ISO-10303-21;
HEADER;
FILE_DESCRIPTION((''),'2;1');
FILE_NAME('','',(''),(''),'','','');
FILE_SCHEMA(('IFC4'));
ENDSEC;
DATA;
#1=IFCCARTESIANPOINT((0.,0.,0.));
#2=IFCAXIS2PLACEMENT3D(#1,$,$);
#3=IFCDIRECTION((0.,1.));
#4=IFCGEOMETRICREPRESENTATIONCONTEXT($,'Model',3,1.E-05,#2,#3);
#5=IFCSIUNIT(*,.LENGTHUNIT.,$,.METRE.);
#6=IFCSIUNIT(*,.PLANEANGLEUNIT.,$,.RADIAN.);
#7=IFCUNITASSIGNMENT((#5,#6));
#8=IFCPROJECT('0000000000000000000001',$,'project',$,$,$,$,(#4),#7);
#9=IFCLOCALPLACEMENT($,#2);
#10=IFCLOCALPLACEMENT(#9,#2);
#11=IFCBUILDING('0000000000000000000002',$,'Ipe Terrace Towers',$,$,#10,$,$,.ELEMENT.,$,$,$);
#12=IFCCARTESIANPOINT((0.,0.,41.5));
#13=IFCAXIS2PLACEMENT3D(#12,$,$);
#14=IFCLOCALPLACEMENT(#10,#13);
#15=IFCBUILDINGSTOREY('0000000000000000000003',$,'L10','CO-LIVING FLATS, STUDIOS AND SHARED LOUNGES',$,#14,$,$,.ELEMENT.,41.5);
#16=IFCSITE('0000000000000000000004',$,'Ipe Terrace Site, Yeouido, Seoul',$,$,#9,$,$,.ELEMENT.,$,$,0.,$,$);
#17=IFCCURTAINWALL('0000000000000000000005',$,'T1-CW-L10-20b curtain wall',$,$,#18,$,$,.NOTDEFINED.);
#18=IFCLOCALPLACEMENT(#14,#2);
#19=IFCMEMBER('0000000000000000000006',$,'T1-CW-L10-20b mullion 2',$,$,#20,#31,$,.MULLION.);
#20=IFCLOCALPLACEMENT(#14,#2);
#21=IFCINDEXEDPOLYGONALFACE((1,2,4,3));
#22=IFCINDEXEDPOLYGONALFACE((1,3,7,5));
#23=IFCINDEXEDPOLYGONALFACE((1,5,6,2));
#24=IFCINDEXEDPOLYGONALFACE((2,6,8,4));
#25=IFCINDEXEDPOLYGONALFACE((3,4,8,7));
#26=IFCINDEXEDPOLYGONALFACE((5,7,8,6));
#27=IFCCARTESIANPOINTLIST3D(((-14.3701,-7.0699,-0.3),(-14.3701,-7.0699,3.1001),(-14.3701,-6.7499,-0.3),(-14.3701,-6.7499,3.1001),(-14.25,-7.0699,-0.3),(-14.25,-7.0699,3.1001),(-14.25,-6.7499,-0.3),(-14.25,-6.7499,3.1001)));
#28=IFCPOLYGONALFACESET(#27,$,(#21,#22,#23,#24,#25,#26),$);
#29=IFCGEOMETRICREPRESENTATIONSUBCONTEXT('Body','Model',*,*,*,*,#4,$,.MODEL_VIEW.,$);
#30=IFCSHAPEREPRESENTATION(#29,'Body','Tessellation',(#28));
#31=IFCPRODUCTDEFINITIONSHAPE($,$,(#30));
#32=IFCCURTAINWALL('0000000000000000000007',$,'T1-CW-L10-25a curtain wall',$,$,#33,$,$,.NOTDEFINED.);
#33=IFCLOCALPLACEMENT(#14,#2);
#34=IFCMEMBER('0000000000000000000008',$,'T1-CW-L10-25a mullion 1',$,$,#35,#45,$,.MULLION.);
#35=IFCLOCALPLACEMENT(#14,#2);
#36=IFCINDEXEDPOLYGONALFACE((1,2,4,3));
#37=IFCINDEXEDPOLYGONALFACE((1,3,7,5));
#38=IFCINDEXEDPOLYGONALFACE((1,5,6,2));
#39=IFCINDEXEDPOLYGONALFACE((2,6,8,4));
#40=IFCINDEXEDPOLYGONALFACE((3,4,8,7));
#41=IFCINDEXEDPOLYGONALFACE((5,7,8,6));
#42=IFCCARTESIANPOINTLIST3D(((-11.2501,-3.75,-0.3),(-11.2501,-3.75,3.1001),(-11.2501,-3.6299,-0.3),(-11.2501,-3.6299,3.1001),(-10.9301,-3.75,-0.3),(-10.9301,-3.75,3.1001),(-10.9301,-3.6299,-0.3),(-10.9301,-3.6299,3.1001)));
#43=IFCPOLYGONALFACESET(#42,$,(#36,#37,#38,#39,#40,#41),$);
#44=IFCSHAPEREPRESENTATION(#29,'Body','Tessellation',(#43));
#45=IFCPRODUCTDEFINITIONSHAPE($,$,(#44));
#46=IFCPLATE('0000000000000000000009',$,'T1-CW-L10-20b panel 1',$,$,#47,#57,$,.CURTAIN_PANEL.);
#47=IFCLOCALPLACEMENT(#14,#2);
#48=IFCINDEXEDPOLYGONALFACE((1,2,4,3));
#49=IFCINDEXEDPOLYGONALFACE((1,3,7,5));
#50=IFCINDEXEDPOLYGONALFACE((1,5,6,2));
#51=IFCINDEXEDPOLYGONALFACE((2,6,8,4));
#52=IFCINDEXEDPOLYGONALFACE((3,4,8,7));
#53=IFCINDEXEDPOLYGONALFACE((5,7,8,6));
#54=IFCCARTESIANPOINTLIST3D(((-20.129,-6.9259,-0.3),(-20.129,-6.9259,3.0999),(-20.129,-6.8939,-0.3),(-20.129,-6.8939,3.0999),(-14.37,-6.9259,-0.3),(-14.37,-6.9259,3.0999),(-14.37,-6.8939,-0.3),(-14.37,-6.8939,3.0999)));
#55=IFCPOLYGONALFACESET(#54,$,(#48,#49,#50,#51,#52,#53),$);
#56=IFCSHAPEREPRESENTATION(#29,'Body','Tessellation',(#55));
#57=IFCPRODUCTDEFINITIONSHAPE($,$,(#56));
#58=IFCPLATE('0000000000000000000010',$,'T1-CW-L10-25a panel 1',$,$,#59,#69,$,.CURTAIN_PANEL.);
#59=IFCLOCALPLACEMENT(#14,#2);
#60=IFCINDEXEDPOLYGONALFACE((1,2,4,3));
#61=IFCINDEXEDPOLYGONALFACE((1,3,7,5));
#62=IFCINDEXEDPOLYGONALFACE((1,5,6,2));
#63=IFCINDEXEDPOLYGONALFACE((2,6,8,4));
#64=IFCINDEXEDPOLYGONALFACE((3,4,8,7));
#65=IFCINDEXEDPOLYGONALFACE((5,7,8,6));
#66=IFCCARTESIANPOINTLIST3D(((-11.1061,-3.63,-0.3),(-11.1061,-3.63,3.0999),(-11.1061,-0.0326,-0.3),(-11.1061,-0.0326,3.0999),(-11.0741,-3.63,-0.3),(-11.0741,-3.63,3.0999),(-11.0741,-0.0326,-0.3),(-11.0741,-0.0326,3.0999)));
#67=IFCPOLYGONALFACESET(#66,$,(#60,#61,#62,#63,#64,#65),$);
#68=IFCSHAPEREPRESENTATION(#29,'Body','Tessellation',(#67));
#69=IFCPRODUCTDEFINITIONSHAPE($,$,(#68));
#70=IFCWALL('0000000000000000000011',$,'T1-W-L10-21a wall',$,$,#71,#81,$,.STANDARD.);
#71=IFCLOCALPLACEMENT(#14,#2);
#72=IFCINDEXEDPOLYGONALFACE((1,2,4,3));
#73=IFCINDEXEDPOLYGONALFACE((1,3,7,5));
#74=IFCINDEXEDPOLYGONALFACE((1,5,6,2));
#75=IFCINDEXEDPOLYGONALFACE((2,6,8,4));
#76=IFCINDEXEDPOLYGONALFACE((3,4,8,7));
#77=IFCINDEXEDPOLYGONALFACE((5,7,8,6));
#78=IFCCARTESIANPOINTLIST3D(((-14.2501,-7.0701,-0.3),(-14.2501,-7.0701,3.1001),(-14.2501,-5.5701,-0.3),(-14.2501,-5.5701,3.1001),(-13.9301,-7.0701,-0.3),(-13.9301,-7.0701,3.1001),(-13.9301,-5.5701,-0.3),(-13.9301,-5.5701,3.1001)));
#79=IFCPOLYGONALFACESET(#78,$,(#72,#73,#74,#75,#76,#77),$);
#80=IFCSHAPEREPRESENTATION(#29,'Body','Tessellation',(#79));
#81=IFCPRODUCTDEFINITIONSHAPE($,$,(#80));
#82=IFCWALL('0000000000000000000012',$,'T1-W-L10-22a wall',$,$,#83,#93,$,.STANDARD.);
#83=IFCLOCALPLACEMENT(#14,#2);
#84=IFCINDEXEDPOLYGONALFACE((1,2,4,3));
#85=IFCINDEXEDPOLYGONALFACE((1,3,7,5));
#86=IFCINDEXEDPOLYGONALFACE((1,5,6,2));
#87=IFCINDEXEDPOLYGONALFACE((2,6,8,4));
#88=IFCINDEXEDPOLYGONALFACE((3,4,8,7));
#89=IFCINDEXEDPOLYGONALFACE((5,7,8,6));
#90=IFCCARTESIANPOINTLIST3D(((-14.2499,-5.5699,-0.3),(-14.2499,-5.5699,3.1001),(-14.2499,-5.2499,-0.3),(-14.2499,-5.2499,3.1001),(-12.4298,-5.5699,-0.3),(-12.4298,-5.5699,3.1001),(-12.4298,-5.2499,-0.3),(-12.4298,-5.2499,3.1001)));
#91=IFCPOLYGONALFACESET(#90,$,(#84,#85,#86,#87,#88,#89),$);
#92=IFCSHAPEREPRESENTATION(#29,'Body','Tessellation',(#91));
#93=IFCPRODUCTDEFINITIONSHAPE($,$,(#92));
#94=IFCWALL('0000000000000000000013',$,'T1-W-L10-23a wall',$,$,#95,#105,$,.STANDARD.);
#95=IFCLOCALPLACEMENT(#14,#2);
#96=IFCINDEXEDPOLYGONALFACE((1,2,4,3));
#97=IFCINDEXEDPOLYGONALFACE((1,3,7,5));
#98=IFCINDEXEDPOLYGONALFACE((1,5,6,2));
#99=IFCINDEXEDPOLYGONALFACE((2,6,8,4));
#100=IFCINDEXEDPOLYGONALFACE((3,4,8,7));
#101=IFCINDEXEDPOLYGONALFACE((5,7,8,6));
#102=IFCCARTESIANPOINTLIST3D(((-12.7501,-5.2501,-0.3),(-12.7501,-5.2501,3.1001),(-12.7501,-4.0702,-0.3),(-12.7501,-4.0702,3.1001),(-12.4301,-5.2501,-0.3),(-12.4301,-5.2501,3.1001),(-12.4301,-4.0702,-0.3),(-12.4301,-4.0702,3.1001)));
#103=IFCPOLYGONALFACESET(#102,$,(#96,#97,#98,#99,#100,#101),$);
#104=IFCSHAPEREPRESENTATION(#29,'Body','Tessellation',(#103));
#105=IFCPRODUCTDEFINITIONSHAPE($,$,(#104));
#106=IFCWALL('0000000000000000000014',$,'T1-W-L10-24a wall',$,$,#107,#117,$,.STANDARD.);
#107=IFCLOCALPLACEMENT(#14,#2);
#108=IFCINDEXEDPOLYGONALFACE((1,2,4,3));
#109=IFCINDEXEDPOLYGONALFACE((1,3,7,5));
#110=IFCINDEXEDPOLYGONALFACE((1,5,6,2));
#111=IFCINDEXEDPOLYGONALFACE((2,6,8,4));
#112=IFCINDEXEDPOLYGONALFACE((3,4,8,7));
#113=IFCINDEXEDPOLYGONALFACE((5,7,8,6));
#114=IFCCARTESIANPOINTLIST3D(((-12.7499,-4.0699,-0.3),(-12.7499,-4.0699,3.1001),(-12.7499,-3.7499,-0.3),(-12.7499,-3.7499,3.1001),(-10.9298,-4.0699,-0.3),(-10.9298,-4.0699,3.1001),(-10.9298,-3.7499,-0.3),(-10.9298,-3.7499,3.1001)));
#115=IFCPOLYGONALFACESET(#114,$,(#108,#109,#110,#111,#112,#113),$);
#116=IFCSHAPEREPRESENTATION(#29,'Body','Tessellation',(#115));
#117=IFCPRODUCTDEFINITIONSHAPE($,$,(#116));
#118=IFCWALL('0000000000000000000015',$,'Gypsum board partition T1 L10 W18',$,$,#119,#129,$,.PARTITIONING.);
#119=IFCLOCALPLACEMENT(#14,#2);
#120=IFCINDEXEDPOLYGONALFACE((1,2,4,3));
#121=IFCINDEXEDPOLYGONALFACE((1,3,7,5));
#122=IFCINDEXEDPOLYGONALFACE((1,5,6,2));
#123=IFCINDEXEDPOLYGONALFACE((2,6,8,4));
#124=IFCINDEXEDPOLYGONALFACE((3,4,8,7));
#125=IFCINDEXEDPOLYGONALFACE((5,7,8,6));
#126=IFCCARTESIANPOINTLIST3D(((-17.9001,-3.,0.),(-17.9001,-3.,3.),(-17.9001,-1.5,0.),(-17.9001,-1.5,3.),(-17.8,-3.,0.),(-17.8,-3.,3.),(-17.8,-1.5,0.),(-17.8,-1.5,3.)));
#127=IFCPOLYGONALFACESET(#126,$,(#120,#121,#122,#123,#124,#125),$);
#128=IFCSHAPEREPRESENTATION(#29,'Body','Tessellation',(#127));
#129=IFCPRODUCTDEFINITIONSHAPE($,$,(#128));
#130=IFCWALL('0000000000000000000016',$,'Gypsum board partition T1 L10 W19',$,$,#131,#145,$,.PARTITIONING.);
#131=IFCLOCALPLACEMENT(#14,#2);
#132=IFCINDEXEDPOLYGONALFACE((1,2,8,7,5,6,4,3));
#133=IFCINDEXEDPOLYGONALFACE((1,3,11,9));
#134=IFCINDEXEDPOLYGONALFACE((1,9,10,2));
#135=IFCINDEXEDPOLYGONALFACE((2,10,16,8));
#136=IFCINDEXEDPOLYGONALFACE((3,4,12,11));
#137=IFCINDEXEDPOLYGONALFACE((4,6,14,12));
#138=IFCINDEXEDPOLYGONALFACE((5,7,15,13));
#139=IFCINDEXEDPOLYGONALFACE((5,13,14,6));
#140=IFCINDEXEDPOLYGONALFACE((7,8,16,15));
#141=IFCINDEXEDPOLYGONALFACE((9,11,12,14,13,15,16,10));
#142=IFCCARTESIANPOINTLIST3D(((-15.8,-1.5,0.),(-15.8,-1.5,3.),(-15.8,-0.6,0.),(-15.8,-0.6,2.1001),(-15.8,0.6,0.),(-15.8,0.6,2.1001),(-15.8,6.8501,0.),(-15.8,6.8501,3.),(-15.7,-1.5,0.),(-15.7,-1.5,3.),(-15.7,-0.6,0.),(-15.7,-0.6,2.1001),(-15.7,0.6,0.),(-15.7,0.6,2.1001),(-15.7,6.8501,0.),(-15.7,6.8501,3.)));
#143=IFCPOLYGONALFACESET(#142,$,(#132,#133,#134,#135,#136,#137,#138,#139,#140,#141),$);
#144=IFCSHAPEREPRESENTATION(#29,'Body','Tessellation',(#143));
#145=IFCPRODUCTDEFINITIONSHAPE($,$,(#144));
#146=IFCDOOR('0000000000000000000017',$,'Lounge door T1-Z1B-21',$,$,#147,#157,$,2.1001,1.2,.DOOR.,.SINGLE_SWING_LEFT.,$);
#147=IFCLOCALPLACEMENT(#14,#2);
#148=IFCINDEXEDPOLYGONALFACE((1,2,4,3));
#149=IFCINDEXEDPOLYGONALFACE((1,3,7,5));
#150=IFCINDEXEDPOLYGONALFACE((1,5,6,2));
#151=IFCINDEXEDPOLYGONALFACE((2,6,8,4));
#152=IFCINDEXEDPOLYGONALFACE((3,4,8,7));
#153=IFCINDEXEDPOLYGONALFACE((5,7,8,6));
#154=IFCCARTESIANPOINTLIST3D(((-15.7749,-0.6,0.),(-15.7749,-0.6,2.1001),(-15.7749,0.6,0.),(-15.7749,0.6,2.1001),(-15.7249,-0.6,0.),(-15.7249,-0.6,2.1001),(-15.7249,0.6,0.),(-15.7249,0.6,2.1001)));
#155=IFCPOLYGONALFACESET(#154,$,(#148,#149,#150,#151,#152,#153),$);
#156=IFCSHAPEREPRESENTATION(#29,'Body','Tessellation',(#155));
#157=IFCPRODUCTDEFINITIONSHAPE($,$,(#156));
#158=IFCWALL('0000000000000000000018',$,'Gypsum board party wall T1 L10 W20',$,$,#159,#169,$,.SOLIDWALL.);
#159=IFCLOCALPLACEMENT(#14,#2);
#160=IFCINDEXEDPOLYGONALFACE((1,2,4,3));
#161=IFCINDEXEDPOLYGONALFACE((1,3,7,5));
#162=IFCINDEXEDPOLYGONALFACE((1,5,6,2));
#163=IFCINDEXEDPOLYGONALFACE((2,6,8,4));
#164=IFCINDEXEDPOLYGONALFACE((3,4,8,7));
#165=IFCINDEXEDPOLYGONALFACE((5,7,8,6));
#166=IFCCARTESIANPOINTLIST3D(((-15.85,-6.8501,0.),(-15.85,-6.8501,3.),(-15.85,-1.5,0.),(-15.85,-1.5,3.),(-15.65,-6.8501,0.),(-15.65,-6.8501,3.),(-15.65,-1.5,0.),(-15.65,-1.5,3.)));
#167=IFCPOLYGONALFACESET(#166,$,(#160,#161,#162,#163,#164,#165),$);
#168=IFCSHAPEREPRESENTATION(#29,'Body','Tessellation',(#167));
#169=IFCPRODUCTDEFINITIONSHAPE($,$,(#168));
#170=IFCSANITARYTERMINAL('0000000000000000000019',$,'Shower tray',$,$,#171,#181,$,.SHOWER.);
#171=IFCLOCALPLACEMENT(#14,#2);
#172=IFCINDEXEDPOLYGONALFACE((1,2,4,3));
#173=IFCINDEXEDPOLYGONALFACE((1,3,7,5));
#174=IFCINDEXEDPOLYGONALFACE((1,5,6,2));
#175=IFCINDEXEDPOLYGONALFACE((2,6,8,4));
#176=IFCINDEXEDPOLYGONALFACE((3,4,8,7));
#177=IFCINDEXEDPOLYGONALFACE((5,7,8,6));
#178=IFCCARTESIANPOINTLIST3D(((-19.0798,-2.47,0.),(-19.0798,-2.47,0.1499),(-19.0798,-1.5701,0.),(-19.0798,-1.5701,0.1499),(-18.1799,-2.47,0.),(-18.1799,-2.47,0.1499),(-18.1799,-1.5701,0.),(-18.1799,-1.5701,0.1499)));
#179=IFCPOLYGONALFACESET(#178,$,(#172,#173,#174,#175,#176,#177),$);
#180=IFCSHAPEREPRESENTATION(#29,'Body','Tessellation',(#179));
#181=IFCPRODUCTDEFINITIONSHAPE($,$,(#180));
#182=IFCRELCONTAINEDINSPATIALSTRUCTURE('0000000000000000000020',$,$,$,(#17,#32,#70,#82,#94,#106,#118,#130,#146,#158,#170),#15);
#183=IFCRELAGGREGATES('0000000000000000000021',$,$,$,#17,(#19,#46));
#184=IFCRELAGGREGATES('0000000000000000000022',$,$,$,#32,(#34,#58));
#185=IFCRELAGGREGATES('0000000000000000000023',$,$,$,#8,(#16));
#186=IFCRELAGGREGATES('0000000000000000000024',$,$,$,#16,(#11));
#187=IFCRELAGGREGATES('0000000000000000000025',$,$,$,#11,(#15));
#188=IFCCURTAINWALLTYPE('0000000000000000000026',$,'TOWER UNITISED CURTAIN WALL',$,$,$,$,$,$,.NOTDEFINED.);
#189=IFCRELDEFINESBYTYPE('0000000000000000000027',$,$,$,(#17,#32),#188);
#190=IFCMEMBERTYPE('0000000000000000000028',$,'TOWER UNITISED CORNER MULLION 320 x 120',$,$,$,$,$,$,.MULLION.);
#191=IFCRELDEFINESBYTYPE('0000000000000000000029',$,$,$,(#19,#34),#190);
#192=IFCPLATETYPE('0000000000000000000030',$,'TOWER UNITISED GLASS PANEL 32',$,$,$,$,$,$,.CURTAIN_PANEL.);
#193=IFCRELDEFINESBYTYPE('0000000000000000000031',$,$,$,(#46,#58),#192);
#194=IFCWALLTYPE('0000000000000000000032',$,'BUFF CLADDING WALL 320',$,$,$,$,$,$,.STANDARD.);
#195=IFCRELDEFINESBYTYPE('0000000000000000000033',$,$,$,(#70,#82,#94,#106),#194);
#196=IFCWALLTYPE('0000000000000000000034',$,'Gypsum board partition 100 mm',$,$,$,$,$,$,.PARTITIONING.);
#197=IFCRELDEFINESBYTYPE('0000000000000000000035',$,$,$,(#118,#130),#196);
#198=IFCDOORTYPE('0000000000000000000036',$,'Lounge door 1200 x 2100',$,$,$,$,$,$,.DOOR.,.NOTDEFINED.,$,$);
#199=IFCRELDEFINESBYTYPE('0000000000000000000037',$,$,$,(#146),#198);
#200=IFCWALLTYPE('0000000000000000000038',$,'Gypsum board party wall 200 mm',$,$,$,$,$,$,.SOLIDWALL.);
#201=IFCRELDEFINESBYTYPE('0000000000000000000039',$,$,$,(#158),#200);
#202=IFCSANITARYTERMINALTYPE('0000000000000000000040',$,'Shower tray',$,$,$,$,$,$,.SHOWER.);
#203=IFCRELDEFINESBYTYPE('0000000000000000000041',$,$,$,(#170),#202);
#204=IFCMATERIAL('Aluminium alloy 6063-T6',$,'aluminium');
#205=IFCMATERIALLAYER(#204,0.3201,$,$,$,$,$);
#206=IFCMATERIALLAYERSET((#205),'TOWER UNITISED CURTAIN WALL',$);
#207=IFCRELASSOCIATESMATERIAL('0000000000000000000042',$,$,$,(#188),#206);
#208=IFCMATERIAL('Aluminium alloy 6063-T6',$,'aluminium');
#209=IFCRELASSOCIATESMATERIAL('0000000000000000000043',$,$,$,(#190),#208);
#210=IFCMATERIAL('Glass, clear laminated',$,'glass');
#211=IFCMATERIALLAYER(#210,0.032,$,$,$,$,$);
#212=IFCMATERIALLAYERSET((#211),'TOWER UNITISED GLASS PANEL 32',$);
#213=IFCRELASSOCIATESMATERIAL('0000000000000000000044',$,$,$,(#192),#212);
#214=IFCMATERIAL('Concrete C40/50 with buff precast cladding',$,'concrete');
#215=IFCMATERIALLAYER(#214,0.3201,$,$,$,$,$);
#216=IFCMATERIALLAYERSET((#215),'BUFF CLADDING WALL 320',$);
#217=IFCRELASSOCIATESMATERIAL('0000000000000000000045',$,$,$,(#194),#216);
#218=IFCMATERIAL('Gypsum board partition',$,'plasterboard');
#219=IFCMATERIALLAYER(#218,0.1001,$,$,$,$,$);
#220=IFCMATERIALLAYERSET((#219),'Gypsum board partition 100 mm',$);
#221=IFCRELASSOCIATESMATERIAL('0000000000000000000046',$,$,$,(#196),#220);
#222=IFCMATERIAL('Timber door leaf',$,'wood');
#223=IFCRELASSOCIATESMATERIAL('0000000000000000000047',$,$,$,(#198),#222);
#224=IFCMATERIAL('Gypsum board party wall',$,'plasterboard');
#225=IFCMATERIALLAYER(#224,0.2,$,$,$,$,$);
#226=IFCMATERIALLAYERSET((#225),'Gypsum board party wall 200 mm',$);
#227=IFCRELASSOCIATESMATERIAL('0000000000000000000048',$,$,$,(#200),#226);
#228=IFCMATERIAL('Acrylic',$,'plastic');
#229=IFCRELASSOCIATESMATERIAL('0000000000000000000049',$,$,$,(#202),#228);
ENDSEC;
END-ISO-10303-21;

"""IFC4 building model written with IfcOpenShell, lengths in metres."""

from ifc_helpers import new_model, si_unit, direction, frame, frame_2d, origin, origin_2d, place, context, subcontext, project, spatial, rectangle, extrude, material, layer, layer_set, material_profile, profile_set, type_object, element, fill, aggregate, save


model = new_model("IFC4")

# Units and contexts
model_context = context("Model", 3, precision=1e-05, world=origin(), true_north=direction((0.0, 1.0)))
body_context = subcontext(model_context, "Body", "Model", "MODEL_VIEW")
ifc_project = project(units=[si_unit("LENGTHUNIT", "METRE"), si_unit("PLANEANGLEUNIT", "RADIAN")], contexts=[model_context])

# Site, building, storey
site_placement = place(None, origin())
site = spatial("IfcSite", under=ifc_project, at=site_placement, Name="Ipe Terrace Site, Yeouido, Seoul", CompositionType="ELEMENT", RefElevation=0.0)
building_placement = place(site_placement, origin())
building = spatial("IfcBuilding", under=site, at=building_placement, Name="Ipe Terrace Towers", CompositionType="ELEMENT")
storey_placement = place(building_placement, frame((0.0, 0.0, 41.5)))
storey = spatial("IfcBuildingStorey", under=building, at=storey_placement, Name="L10", Description="CO-LIVING FLATS, STUDIOS AND SHARED LOUNGES", CompositionType="ELEMENT", Elevation=41.5)

# Curtain walls, members
ifc_material_1 = material(Name="Aluminium alloy 6063-T6", Category="aluminium")
ifc_layer_1 = layer(ifc_material_1, 0.3201)
ifc_layer_set_1 = layer_set([ifc_layer_1], Name="TOWER UNITISED CURTAIN WALL")
curtain_wall_type = type_object("IfcCurtainWallType", Name="TOWER UNITISED CURTAIN WALL", PredefinedType="NOTDEFINED", material=ifc_layer_set_1)
curtain_wall_1_placement = place(storey_placement, origin())
curtain_wall_1 = element("IfcCurtainWall", 1, at=curtain_wall_1_placement, inside=storey, type_object=curtain_wall_type, Name="T1-CW-L10-20b curtain wall", PredefinedType="NOTDEFINED")
ifc_material_2 = material(Name="Aluminium alloy 6063-T6", Category="aluminium")
ifc_material_profile_1 = material_profile(ifc_material_2, rectangle(XDim=0.3201, YDim=0.1201, at=origin_2d()), Name="TOWER UNITISED CORNER MULLION 320 x 120")
ifc_profile_set_1 = profile_set([ifc_material_profile_1], Name="Aluminium alloy 6063-T6")
member_type = type_object("IfcMemberType", Name="TOWER UNITISED CORNER MULLION 320 x 120", PredefinedType="MULLION", material=ifc_profile_set_1)
member_1_placement = place(storey_placement, frame((-14.3101, -6.9099, -0.3), z_axis=(0.0, 0.0, 1.0), x_axis=(0.0, -1.0, 0.0)))
member_1 = element("IfcMember", 2, at=member_1_placement, type_object=member_type, Name="T1-CW-L10-20b mullion 2", PredefinedType="MULLION", context=body_context, shape_type="SweptSolid", body=[
    extrude(rectangle(XDim=0.3201, YDim=0.1201, at=origin_2d()), origin(), (0.0, 0.0, 1.0), 3.4001),
])
curtain_wall_2_placement = place(storey_placement, origin())
curtain_wall_2 = element("IfcCurtainWall", 3, at=curtain_wall_2_placement, inside=storey, type_object=curtain_wall_type, Name="T1-CW-L10-25a curtain wall", PredefinedType="NOTDEFINED")
member_2_placement = place(storey_placement, frame((-11.0901, -3.6899, -0.3), z_axis=(0.0, 0.0, 1.0), x_axis=(1.0, 0.0, 0.0)))
member_2 = element("IfcMember", 4, at=member_2_placement, type_object=member_type, Name="T1-CW-L10-25a mullion 1", PredefinedType="MULLION", context=body_context, shape_type="SweptSolid", body=[
    extrude(rectangle(XDim=0.3201, YDim=0.1201, at=origin_2d()), origin(), (0.0, 0.0, 1.0), 3.4001),
])

# Plates
ifc_material_3 = material(Name="Glass, clear laminated", Category="glass")
ifc_layer_2 = layer(ifc_material_3, 0.032)
ifc_layer_set_2 = layer_set([ifc_layer_2], Name="TOWER UNITISED GLASS PANEL 32")
plate_type = type_object("IfcPlateType", Name="TOWER UNITISED GLASS PANEL 32", PredefinedType="CURTAIN_PANEL", material=ifc_layer_set_2)
plate_1_placement = place(storey_placement, frame((-17.2495, -6.9099, -0.3), z_axis=(0.0, 0.0, 1.0), x_axis=(1.0, 0.0, 0.0)))
plate_1 = element("IfcPlate", 5, at=plate_1_placement, type_object=plate_type, Name="T1-CW-L10-20b panel 1", PredefinedType="CURTAIN_PANEL", context=body_context, shape_type="SweptSolid", body=[
    extrude(rectangle(XDim=5.759, YDim=0.032, at=origin_2d()), origin(), (0.0, 0.0, 1.0), 3.3999),
])
aggregate(curtain_wall_1, [member_1, plate_1])
plate_2_placement = place(storey_placement, frame((-11.0901, -1.8313, -0.3), z_axis=(0.0, 0.0, 1.0), x_axis=(0.0, 1.0, 0.0)))
plate_2 = element("IfcPlate", 6, at=plate_2_placement, type_object=plate_type, Name="T1-CW-L10-25a panel 1", PredefinedType="CURTAIN_PANEL", context=body_context, shape_type="SweptSolid", body=[
    extrude(rectangle(XDim=3.5974, YDim=0.032, at=origin_2d()), origin(), (0.0, 0.0, 1.0), 3.3999),
])
aggregate(curtain_wall_2, [member_2, plate_2])

# Walls
ifc_material_4 = material(Name="Concrete C40/50 with buff precast cladding", Category="concrete")
ifc_layer_3 = layer(ifc_material_4, 0.3201)
ifc_layer_set_3 = layer_set([ifc_layer_3], Name="BUFF CLADDING WALL 320")
wall_type_1 = type_object("IfcWallType", Name="BUFF CLADDING WALL 320", PredefinedType="STANDARD", material=ifc_layer_set_3)
wall_1_placement = place(storey_placement, frame((-14.0901, -7.0701, -0.3), z_axis=(0.0, 0.0, 1.0), x_axis=(0.0, 1.0, 0.0)))
element("IfcWall", 7, at=wall_1_placement, inside=storey, type_object=wall_type_1, Name="T1-W-L10-21a wall", PredefinedType="STANDARD", context=body_context, shape_type="SweptSolid", body=[
    extrude(rectangle(XDim=1.5, YDim=0.3201, at=frame_2d((0.75, 0.0))), origin(), (0.0, 0.0, 1.0), 3.4001),
])
wall_2_placement = place(storey_placement, frame((-14.25, -5.4099, -0.3), z_axis=(0.0, 0.0, 1.0), x_axis=(1.0, 0.0, 0.0)))
element("IfcWall", 8, at=wall_2_placement, inside=storey, type_object=wall_type_1, Name="T1-W-L10-22a wall", PredefinedType="STANDARD", context=body_context, shape_type="SweptSolid", body=[
    extrude(rectangle(XDim=1.8201, YDim=0.3201, at=frame_2d((0.9102, 0.0))), origin(), (0.0, 0.0, 1.0), 3.4001),
])
wall_3_placement = place(storey_placement, frame((-12.5901, -5.25, -0.3), z_axis=(0.0, 0.0, 1.0), x_axis=(0.0, 1.0, 0.0)))
element("IfcWall", 9, at=wall_3_placement, inside=storey, type_object=wall_type_1, Name="T1-W-L10-23a wall", PredefinedType="STANDARD", context=body_context, shape_type="SweptSolid", body=[
    extrude(rectangle(XDim=1.1799, YDim=0.3201, at=frame_2d((0.5898, 0.0))), origin(), (0.0, 0.0, 1.0), 3.4001),
])
wall_4_placement = place(storey_placement, frame((-12.75, -3.9099, -0.3), z_axis=(0.0, 0.0, 1.0), x_axis=(1.0, 0.0, 0.0)))
element("IfcWall", 10, at=wall_4_placement, inside=storey, type_object=wall_type_1, Name="T1-W-L10-24a wall", PredefinedType="STANDARD", context=body_context, shape_type="SweptSolid", body=[
    extrude(rectangle(XDim=1.8201, YDim=0.3201, at=frame_2d((0.9102, 0.0))), origin(), (0.0, 0.0, 1.0), 3.4001),
])
ifc_material_5 = material(Name="Gypsum board partition", Category="plasterboard")
ifc_layer_4 = layer(ifc_material_5, 0.1001)
ifc_layer_set_4 = layer_set([ifc_layer_4], Name="Gypsum board partition 100 mm")
wall_type_2 = type_object("IfcWallType", Name="Gypsum board partition 100 mm", PredefinedType="PARTITIONING", material=ifc_layer_set_4)
wall_5_placement = place(storey_placement, frame((-17.8501, -3.0, 0.0), z_axis=(0.0, 0.0, 1.0), x_axis=(0.0, 1.0, 0.0)))
element("IfcWall", 11, at=wall_5_placement, inside=storey, type_object=wall_type_2, Name="Gypsum board partition T1 L10 W18", PredefinedType="PARTITIONING", context=body_context, shape_type="SweptSolid", body=[
    extrude(rectangle(XDim=1.5, YDim=0.1001, at=frame_2d((0.75, 0.0))), origin(), (0.0, 0.0, 1.0), 3.0),
])

# Wall, opening, door
wall_6_placement = place(storey_placement, frame((-15.75, -1.5, 0.0), z_axis=(0.0, 0.0, 1.0), x_axis=(0.0, 1.0, 0.0)))
wall_6 = element("IfcWall", 12, at=wall_6_placement, inside=storey, type_object=wall_type_2, Name="Gypsum board partition T1 L10 W19", PredefinedType="PARTITIONING", context=body_context, shape_type="SweptSolid", body=[
    extrude(rectangle(XDim=8.3501, YDim=0.1001, at=frame_2d((4.175, 0.0))), origin(), (0.0, 0.0, 1.0), 3.0),
])
opening_placement = place(wall_6_placement, frame((0.8999, 0.0, 0.0)))
opening = element("IfcOpeningElement", 13, at=opening_placement, cuts=wall_6, PredefinedType="OPENING", context=body_context, shape_type="SweptSolid", body=[
    extrude(rectangle(XDim=1.2, YDim=2.1001, at=frame_2d((0.6001, 1.05))), frame((0.0, 0.0601, 0.0), z_axis=(0.0, -1.0, 0.0), x_axis=(1.0, 0.0, 0.0)), (0.0, 0.0, 1.0), 0.1201),
])
ifc_material_6 = material(Name="Timber door leaf", Category="wood")
door_type = type_object("IfcDoorType", Name="Lounge door 1200 x 2100", OperationType="NOTDEFINED", PredefinedType="DOOR", material=ifc_material_6)
door_placement = place(opening_placement, origin())
door = element("IfcDoor", 14, at=door_placement, inside=storey, type_object=door_type, Name="Lounge door T1-Z1B-21", OperationType="SINGLE_SWING_LEFT", OverallHeight=2.1001, OverallWidth=1.2, PredefinedType="DOOR", context=body_context, shape_type="SweptSolid", body=[
    extrude(rectangle(XDim=1.2, YDim=2.1001, at=frame_2d((0.6001, 1.05))), frame((0.0, 0.0249, 0.0), z_axis=(0.0, -1.0, 0.0), x_axis=(1.0, 0.0, 0.0)), (0.0, 0.0, 1.0), 0.05),
])
fill(opening, door)

# Wall
ifc_material_7 = material(Name="Gypsum board party wall", Category="plasterboard")
ifc_layer_5 = layer(ifc_material_7, 0.2)
ifc_layer_set_5 = layer_set([ifc_layer_5], Name="Gypsum board party wall 200 mm")
wall_type_3 = type_object("IfcWallType", Name="Gypsum board party wall 200 mm", PredefinedType="SOLIDWALL", material=ifc_layer_set_5)
wall_7_placement = place(storey_placement, frame((-15.75, -6.8501, 0.0), z_axis=(0.0, 0.0, 1.0), x_axis=(0.0, 1.0, 0.0)))
element("IfcWall", 15, at=wall_7_placement, inside=storey, type_object=wall_type_3, Name="Gypsum board party wall T1 L10 W20", PredefinedType="SOLIDWALL", context=body_context, shape_type="SweptSolid", body=[
    extrude(rectangle(XDim=5.3501, YDim=0.2, at=frame_2d((2.675, 0.0))), origin(), (0.0, 0.0, 1.0), 3.0),
])

# Sanitary terminal
ifc_material_8 = material(Name="Acrylic", Category="plastic")
sanitary_terminal_type = type_object("IfcSanitaryTerminalType", Name="Shower tray", PredefinedType="SHOWER", material=ifc_material_8)
sanitary_terminal_placement = place(storey_placement, frame((-18.6299, -2.02, 0.0), z_axis=(0.0, 0.0, 1.0), x_axis=(0.0, -1.0, 0.0)))
element("IfcSanitaryTerminal", 16, at=sanitary_terminal_placement, inside=storey, type_object=sanitary_terminal_type, Name="Shower tray", PredefinedType="SHOWER", context=body_context, shape_type="SweptSolid", body=[
    extrude(rectangle(XDim=0.8999, YDim=0.8999, at=origin_2d()), origin(), (0.0, 0.0, 1.0), 0.1499),
])

save(model, "model.ifc")
